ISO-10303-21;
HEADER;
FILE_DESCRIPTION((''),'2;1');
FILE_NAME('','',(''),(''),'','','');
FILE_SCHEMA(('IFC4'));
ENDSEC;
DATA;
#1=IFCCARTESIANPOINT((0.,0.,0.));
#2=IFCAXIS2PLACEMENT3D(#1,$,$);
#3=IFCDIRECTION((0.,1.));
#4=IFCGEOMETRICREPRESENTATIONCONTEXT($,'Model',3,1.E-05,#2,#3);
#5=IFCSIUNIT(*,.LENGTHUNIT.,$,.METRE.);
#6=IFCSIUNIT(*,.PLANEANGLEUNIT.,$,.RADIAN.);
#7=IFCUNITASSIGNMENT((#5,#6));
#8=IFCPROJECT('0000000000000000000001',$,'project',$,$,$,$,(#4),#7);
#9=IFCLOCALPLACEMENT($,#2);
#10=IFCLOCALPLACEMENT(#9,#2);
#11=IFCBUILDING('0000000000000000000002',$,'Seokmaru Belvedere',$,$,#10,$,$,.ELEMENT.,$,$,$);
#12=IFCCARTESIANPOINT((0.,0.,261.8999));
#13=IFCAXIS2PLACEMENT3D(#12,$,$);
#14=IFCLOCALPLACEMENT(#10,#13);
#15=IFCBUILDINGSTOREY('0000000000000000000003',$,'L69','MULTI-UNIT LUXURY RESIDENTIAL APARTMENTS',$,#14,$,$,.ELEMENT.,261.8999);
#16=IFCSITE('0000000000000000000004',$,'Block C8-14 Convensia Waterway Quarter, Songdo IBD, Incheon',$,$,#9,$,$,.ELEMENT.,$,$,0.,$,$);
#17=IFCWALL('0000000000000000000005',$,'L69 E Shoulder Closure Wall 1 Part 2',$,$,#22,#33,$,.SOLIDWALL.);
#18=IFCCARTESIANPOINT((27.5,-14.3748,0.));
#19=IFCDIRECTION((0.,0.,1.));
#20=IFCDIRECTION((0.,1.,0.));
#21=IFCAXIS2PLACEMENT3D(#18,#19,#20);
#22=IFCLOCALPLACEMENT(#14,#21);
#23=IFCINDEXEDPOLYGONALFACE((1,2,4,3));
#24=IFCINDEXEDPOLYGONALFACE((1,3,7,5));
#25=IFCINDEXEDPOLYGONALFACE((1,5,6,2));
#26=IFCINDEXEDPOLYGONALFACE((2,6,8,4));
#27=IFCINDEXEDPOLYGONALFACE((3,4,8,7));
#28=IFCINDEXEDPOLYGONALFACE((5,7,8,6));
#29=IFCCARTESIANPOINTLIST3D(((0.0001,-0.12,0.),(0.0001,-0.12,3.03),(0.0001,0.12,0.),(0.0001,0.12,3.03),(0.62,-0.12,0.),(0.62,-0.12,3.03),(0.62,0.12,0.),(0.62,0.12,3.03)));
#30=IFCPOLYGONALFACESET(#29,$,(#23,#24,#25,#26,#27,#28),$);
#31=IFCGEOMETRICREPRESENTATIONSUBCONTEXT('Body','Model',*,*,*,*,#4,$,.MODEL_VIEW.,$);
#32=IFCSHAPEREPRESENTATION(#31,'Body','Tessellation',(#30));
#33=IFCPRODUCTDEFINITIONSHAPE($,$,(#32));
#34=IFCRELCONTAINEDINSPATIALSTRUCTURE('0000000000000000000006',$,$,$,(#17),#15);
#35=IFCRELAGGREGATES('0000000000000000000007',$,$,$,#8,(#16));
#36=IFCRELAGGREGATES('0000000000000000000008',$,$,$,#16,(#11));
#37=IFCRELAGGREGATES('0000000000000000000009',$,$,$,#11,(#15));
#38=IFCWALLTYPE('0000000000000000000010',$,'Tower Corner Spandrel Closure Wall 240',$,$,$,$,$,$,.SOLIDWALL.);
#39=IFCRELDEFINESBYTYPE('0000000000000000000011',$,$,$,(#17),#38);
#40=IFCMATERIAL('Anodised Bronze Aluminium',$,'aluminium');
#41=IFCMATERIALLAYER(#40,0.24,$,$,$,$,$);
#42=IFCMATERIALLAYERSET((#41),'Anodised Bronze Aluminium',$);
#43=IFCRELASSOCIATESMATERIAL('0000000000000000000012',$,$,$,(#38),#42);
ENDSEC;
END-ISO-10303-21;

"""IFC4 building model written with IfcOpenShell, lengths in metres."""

from ifc_helpers import new_model, si_unit, direction, frame, frame_2d, origin, place, context, subcontext, project, spatial, rectangle, extrude, material, layer, layer_set, type_object, element, save


model = new_model("IFC4")

# Units and contexts
model_context = context("Model", 3, precision=1e-05, world=origin(), true_north=direction((0.0, 1.0)))
body_context = subcontext(model_context, "Body", "Model", "MODEL_VIEW")
ifc_project = project(units=[si_unit("LENGTHUNIT", "METRE"), si_unit("PLANEANGLEUNIT", "RADIAN")], contexts=[model_context])

# Site, building, storey
site_placement = place(None, origin())
site = spatial("IfcSite", under=ifc_project, at=site_placement, Name="Block C8-14 Convensia Waterway Quarter, Songdo IBD, Incheon", CompositionType="ELEMENT", RefElevation=0.0)
building_placement = place(site_placement, origin())
building = spatial("IfcBuilding", under=site, at=building_placement, Name="Seokmaru Belvedere", CompositionType="ELEMENT")
storey_placement = place(building_placement, frame((0.0, 0.0, 261.8999)))
storey = spatial("IfcBuildingStorey", under=building, at=storey_placement, Name="L69", Description="MULTI-UNIT LUXURY RESIDENTIAL APARTMENTS", CompositionType="ELEMENT", Elevation=261.8999)

# Shared definitions
ifc_material_1 = material(Name="Anodised Bronze Aluminium", Category="aluminium")

# Wall
ifc_layer_1 = layer(ifc_material_1, 0.24)
ifc_layer_set_1 = layer_set([ifc_layer_1], Name="Anodised Bronze Aluminium")
wall_type_1 = type_object("IfcWallType", Name="Tower Corner Spandrel Closure Wall 240", PredefinedType="SOLIDWALL", material=ifc_layer_set_1)
wall_1_placement = place(storey_placement, frame((27.5, -14.3748, 0.0), z_axis=(0.0, 0.0, 1.0), x_axis=(0.0, 1.0, 0.0)))
element("IfcWall", 1, at=wall_1_placement, inside=storey, type_object=wall_type_1, Name="L69 E Shoulder Closure Wall 1 Part 2", PredefinedType="SOLIDWALL", context=body_context, shape_type="SweptSolid", body=[
    extrude(rectangle(XDim=0.6199, YDim=0.24, at=frame_2d((0.3101, 0.0))), origin(), (0.0, 0.0, 1.0), 3.03),
])

save(model, "model.ifc")
